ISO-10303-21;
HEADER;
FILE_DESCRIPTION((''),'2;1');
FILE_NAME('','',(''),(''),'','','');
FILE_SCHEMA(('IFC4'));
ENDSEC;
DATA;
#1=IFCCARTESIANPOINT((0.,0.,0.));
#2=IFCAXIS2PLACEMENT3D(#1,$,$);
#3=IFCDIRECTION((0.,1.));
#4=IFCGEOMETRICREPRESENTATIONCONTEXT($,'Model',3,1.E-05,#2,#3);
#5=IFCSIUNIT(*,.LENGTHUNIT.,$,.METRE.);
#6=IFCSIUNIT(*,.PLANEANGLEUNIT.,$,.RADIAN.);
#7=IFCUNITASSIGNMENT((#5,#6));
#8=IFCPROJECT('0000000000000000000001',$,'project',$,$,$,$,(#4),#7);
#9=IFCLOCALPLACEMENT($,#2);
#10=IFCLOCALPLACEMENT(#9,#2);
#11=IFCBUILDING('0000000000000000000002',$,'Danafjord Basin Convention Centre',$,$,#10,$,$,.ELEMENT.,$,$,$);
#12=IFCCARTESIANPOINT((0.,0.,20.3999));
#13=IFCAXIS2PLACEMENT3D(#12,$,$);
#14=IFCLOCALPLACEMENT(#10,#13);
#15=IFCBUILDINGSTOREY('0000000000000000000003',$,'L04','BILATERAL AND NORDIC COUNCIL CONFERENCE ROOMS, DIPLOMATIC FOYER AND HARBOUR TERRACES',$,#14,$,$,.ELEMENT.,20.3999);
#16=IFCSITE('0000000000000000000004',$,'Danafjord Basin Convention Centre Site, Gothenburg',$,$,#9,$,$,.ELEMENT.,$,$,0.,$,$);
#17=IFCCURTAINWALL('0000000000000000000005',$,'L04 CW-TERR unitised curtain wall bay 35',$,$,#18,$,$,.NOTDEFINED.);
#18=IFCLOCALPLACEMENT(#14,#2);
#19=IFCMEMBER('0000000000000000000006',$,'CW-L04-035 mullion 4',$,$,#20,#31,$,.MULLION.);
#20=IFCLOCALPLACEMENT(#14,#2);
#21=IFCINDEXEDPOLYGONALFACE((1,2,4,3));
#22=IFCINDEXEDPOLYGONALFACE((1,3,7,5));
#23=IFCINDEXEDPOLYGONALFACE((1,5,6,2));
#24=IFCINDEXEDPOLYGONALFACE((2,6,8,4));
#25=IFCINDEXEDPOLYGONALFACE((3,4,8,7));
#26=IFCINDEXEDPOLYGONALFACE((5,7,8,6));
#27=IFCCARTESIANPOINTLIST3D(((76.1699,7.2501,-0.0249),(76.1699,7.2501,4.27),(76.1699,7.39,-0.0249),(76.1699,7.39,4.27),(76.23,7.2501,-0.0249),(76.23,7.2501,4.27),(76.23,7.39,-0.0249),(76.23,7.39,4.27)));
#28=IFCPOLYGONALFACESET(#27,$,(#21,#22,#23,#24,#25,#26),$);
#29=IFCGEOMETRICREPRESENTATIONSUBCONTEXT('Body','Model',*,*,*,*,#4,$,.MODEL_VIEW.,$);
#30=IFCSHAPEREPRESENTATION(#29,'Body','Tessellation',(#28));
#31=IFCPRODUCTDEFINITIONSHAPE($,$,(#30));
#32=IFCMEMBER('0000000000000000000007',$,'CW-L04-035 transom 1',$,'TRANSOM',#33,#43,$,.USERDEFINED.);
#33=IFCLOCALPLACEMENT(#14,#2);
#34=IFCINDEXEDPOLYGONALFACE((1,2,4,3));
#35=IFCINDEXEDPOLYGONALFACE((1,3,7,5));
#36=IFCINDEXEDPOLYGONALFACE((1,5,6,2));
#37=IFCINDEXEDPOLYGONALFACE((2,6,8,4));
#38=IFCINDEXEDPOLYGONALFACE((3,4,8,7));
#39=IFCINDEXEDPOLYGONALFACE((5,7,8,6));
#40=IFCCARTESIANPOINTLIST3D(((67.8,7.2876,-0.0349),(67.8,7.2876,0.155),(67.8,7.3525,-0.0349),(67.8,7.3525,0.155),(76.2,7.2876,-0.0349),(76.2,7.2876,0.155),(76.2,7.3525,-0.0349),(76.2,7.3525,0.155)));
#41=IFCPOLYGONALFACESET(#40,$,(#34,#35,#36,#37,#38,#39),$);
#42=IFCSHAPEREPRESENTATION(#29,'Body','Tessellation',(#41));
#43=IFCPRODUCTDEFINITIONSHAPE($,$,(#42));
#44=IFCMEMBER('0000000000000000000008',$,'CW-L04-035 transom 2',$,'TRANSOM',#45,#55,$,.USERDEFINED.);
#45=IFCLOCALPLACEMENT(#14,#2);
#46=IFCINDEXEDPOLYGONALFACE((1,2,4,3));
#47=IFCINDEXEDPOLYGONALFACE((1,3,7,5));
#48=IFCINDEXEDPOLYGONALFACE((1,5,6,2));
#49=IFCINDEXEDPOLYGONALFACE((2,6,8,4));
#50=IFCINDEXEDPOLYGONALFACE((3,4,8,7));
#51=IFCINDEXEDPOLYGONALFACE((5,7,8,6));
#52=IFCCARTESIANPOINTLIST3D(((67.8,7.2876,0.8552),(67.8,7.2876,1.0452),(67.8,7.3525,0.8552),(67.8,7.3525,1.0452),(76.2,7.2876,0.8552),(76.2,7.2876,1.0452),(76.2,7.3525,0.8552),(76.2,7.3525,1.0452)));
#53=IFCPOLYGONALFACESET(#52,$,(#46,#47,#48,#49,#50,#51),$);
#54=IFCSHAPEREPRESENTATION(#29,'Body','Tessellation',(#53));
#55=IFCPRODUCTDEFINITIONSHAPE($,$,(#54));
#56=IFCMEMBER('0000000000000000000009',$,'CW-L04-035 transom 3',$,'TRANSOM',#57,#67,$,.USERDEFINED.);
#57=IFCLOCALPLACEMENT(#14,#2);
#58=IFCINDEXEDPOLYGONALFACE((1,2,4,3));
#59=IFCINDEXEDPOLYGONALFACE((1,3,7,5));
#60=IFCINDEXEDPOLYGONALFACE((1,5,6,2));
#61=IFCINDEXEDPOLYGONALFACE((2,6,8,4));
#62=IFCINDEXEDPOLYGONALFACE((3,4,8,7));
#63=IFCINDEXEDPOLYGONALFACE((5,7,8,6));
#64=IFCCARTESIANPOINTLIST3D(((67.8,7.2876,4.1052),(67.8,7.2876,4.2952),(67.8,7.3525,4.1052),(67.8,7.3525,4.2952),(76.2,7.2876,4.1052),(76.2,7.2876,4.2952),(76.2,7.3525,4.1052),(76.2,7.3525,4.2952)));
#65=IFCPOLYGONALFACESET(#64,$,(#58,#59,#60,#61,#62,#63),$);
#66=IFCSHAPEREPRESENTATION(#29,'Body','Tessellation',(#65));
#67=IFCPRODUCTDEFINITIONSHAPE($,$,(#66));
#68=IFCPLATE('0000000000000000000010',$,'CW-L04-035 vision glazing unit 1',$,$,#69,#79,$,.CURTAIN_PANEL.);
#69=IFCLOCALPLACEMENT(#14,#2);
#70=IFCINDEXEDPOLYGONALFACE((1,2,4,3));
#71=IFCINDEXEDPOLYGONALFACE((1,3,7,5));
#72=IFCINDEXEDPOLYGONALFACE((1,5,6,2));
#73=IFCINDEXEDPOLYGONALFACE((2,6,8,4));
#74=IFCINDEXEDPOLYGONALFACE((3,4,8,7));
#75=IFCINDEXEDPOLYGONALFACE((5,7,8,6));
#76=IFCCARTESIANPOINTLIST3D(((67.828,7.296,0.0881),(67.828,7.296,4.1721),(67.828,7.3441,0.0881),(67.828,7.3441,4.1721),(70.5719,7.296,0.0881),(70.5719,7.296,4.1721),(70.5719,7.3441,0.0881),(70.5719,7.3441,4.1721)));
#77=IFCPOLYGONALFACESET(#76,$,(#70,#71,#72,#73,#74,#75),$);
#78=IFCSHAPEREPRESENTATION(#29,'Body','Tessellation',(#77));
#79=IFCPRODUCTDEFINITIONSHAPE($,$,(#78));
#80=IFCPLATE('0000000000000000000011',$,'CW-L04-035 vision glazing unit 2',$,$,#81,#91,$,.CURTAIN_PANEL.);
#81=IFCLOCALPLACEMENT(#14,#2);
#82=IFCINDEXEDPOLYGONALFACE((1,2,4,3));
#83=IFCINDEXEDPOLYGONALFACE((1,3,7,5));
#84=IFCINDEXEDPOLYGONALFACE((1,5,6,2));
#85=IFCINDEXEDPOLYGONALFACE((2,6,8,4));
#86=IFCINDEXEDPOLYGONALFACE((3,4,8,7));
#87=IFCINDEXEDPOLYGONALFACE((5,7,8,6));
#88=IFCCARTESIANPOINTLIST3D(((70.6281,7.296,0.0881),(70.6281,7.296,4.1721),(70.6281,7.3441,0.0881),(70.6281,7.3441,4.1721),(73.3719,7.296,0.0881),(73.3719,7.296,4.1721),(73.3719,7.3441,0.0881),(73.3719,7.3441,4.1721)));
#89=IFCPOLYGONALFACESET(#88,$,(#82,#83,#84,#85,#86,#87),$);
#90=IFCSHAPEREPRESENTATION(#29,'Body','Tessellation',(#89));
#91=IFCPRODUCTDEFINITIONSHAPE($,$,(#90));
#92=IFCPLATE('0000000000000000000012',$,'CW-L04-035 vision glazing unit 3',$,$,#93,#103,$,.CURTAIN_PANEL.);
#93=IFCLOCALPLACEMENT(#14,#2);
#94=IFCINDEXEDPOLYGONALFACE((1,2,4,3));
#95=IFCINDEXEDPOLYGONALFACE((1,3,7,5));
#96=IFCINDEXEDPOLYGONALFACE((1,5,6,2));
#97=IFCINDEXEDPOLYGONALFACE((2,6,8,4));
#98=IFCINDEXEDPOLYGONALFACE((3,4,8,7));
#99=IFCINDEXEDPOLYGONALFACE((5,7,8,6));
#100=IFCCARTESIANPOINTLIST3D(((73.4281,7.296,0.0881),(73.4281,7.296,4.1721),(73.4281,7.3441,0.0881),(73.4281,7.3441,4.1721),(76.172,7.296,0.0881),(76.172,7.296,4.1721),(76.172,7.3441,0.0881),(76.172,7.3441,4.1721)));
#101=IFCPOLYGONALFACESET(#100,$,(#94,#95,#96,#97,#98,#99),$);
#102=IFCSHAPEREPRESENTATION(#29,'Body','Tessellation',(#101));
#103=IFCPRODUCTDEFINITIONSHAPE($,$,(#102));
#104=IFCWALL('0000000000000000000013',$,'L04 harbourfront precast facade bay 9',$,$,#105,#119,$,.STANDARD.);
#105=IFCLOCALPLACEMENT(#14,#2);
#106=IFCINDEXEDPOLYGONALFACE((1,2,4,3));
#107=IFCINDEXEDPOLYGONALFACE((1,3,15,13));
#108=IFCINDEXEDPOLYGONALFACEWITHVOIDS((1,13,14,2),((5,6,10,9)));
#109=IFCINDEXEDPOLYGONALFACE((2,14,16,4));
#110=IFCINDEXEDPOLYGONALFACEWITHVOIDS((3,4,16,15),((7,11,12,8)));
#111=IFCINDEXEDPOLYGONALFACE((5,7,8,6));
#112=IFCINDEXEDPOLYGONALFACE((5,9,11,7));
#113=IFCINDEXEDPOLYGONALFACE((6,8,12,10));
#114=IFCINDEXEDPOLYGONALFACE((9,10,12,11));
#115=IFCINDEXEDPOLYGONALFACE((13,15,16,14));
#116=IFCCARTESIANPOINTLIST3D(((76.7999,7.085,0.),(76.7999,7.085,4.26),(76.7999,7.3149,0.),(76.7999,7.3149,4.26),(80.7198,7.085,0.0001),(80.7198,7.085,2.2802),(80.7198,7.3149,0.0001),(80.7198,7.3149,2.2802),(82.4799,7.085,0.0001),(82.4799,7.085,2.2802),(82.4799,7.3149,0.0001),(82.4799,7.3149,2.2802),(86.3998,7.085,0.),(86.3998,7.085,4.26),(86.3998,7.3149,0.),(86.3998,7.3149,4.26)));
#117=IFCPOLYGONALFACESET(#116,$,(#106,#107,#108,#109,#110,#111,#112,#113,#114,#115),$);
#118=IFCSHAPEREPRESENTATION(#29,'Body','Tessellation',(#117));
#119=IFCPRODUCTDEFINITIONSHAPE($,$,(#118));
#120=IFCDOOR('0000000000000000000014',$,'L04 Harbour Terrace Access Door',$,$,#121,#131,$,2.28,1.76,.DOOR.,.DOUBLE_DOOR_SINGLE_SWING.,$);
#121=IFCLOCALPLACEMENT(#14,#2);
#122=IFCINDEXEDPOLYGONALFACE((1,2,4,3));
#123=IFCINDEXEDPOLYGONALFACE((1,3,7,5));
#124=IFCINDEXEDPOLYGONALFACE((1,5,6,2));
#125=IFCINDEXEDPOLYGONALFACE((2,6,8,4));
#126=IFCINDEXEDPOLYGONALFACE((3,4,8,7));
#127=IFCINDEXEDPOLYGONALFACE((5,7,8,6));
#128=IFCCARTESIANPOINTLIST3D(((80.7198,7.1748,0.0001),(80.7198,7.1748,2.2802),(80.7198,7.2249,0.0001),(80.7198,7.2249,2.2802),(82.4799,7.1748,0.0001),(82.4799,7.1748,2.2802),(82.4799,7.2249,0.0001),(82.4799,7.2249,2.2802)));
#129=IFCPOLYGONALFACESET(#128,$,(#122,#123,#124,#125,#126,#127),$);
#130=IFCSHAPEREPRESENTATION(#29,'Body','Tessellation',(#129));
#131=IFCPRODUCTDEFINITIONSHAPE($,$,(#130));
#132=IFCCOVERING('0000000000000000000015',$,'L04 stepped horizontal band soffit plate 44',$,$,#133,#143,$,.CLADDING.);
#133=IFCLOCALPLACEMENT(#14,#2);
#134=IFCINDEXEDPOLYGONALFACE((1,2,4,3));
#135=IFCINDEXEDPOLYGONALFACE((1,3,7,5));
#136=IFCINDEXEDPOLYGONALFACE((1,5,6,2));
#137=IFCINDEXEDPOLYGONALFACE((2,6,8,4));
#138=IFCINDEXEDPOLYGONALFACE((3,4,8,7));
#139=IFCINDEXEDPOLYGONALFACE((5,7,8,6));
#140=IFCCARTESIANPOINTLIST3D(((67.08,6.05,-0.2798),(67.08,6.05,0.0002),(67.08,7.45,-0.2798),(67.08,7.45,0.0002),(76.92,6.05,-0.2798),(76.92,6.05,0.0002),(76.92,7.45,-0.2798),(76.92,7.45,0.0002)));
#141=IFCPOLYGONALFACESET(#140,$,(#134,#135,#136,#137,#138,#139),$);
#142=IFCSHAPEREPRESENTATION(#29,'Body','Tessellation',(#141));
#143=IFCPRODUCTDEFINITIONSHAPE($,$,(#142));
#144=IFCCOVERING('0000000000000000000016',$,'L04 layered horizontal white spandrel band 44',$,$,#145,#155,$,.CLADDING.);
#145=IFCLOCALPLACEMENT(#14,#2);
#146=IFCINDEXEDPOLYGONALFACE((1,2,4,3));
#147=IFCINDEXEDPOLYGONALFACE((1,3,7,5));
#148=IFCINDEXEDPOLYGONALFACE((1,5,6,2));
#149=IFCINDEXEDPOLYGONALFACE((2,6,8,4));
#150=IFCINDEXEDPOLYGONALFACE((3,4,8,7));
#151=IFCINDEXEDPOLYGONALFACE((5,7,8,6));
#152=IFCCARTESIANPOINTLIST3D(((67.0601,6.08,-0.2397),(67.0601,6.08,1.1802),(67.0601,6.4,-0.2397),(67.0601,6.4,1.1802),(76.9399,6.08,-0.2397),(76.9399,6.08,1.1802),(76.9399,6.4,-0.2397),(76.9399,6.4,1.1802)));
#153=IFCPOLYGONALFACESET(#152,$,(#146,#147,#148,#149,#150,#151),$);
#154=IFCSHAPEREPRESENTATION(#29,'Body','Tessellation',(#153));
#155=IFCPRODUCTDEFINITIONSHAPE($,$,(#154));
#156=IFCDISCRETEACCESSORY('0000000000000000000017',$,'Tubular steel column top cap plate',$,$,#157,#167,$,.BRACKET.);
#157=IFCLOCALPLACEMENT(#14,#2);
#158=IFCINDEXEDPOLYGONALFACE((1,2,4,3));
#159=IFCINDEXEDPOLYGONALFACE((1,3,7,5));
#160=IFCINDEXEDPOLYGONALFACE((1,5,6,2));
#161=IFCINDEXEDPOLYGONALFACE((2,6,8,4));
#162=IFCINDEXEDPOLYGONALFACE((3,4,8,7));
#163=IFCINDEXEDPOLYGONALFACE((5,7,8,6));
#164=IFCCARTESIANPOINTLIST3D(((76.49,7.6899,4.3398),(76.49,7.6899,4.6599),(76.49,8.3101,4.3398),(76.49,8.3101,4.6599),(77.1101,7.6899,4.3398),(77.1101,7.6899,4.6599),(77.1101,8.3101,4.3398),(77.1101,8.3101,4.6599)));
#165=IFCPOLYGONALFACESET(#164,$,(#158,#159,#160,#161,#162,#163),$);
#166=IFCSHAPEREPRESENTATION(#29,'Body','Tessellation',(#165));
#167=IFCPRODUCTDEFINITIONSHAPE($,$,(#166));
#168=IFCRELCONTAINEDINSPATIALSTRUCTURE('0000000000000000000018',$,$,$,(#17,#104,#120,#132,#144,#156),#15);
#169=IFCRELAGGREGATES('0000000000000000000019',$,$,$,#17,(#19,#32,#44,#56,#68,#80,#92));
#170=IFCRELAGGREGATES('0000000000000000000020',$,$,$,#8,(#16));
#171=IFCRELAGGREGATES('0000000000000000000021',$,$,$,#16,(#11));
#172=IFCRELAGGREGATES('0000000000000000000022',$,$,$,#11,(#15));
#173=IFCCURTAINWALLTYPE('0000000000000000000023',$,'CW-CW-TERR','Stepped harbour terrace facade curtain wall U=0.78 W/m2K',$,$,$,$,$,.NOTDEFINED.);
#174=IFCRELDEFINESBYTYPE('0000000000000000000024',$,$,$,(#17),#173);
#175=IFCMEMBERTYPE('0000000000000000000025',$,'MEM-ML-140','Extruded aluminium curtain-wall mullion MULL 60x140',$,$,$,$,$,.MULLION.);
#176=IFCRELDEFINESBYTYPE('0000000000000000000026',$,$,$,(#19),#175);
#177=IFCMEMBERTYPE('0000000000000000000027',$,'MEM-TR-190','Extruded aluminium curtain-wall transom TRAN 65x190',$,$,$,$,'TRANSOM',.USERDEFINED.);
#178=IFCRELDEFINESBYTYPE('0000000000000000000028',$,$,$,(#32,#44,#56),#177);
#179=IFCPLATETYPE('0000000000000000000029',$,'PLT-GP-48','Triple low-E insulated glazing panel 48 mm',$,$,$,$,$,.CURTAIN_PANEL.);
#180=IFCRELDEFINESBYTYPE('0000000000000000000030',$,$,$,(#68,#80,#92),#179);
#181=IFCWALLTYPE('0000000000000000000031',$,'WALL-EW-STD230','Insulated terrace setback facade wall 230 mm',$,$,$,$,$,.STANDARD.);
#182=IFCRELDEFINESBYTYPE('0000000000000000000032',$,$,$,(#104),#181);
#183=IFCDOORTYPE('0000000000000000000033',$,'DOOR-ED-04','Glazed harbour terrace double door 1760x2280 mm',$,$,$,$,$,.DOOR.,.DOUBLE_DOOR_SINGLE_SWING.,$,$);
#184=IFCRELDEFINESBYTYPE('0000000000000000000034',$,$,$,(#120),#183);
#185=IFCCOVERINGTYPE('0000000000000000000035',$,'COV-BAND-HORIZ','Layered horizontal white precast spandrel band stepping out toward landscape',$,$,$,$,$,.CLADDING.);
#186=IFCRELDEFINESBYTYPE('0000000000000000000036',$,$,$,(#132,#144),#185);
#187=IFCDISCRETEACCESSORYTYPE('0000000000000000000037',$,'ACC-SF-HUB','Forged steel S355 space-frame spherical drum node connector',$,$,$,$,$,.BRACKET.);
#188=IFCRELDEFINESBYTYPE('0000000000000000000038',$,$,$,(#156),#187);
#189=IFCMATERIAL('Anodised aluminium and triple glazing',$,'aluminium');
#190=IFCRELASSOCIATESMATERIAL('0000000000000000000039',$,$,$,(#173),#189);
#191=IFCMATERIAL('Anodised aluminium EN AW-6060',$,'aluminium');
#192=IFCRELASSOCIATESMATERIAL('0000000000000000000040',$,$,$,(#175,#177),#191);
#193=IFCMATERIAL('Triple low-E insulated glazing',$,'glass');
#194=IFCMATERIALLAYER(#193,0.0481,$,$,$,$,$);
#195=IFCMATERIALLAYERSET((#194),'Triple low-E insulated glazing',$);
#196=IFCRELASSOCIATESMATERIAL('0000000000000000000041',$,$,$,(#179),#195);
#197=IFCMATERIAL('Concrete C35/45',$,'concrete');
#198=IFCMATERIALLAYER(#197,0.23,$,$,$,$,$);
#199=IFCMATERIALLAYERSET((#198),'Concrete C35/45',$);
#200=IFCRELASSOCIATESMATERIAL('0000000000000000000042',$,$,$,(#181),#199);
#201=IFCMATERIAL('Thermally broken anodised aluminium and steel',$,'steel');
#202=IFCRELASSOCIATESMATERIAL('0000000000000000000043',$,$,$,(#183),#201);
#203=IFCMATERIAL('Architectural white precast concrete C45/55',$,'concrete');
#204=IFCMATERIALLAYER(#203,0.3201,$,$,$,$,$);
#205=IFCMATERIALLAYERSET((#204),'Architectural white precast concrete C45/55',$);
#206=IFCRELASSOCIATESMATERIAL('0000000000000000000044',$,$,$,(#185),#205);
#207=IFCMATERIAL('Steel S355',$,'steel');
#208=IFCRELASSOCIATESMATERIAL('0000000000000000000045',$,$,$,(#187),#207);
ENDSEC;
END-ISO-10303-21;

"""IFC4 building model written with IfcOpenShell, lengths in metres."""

from ifc_helpers import new_model, si_unit, direction, frame, frame_2d, origin, origin_2d, place, context, subcontext, project, spatial, rectangle, extrude, material, layer, layer_set, material_profile, profile_set, type_object, element, fill, aggregate, save


model = new_model("IFC4")

# Units and contexts
model_context = context("Model", 3, precision=1e-05, world=origin(), true_north=direction((0.0, 1.0)))
body_context = subcontext(model_context, "Body", "Model", "MODEL_VIEW")
ifc_project = project(units=[si_unit("LENGTHUNIT", "METRE"), si_unit("PLANEANGLEUNIT", "RADIAN")], contexts=[model_context])

# Site, building, storey
site_placement = place(None, origin())
site = spatial("IfcSite", under=ifc_project, at=site_placement, Name="Danafjord Basin Convention Centre Site, Gothenburg", CompositionType="ELEMENT", RefElevation=0.0)
building_placement = place(site_placement, origin())
building = spatial("IfcBuilding", under=site, at=building_placement, Name="Danafjord Basin Convention Centre", CompositionType="ELEMENT")
storey_placement = place(building_placement, frame((0.0, 0.0, 20.3999)))
storey = spatial("IfcBuildingStorey", under=building, at=storey_placement, Name="L04", Description="BILATERAL AND NORDIC COUNCIL CONFERENCE ROOMS, DIPLOMATIC FOYER AND HARBOUR TERRACES", CompositionType="ELEMENT", Elevation=20.3999)

# Shared definitions
ifc_material_1 = material(Name="Steel S355", Category="steel")

# Curtain wall, members, plates
ifc_material_2 = material(Name="Anodised aluminium and triple glazing", Category="aluminium")
curtain_wall_type = type_object("IfcCurtainWallType", Name="CW-CW-TERR", Description="Stepped harbour terrace facade curtain wall U=0.78 W/m2K", PredefinedType="NOTDEFINED", material=ifc_material_2)
curtain_wall_placement = place(storey_placement, origin())
curtain_wall = element("IfcCurtainWall", 1, at=curtain_wall_placement, inside=storey, type_object=curtain_wall_type, Name="L04 CW-TERR unitised curtain wall bay 35", PredefinedType="NOTDEFINED")
ifc_material_3 = material(Name="Anodised aluminium EN AW-6060", Category="aluminium")
ifc_material_profile_1 = material_profile(ifc_material_3, rectangle(XDim=0.0601, YDim=0.1399, at=origin_2d()), Name="MULL 60x140")
ifc_profile_set_1 = profile_set([ifc_material_profile_1], Name="Anodised aluminium EN AW-6060")
member_type_1 = type_object("IfcMemberType", Name="MEM-ML-140", Description="Extruded aluminium curtain-wall mullion MULL 60x140", PredefinedType="MULLION", material=ifc_profile_set_1)
member_1_placement = place(storey_placement, frame((76.2, 7.3201, -0.0249), z_axis=(0.0, 0.0, 1.0), x_axis=(1.0, 0.0, 0.0)))
member_1 = element("IfcMember", 2, at=member_1_placement, type_object=member_type_1, Name="CW-L04-035 mullion 4", PredefinedType="MULLION", context=body_context, shape_type="SweptSolid", body=[
    extrude(rectangle(XDim=0.0601, YDim=0.1399, at=origin_2d()), origin(), (0.0, 0.0, 1.0), 4.2949),
])
ifc_material_profile_2 = material_profile(ifc_material_3, rectangle(XDim=0.0649, YDim=0.1899, at=origin_2d()), Name="TRAN 65x190")
ifc_profile_set_2 = profile_set([ifc_material_profile_2], Name="Anodised aluminium EN AW-6060")
member_type_2 = type_object("IfcMemberType", Name="MEM-TR-190", Description="Extruded aluminium curtain-wall transom TRAN 65x190", ElementType="TRANSOM", PredefinedType="USERDEFINED", material=ifc_profile_set_2)
member_2_placement = place(storey_placement, frame((67.8, 7.3201, 0.0601), z_axis=(1.0, 0.0, 0.0), x_axis=(0.0, 1.0, 0.0)))
member_2 = element("IfcMember", 3, at=member_2_placement, type_object=member_type_2, Name="CW-L04-035 transom 1", ObjectType="TRANSOM", PredefinedType="USERDEFINED", context=body_context, shape_type="SweptSolid", body=[
    extrude(rectangle(XDim=0.0649, YDim=0.1899, at=origin_2d()), origin(), (0.0, 0.0, 1.0), 8.3999),
])
member_3_placement = place(storey_placement, frame((67.8, 7.3201, 0.9502), z_axis=(1.0, 0.0, 0.0), x_axis=(0.0, 1.0, 0.0)))
member_3 = element("IfcMember", 4, at=member_3_placement, type_object=member_type_2, Name="CW-L04-035 transom 2", ObjectType="TRANSOM", PredefinedType="USERDEFINED", context=body_context, shape_type="SweptSolid", body=[
    extrude(rectangle(XDim=0.0649, YDim=0.1899, at=origin_2d()), origin(), (0.0, 0.0, 1.0), 8.3999),
])
member_4_placement = place(storey_placement, frame((67.8, 7.3201, 4.2002), z_axis=(1.0, 0.0, 0.0), x_axis=(0.0, 1.0, 0.0)))
member_4 = element("IfcMember", 5, at=member_4_placement, type_object=member_type_2, Name="CW-L04-035 transom 3", ObjectType="TRANSOM", PredefinedType="USERDEFINED", context=body_context, shape_type="SweptSolid", body=[
    extrude(rectangle(XDim=0.0649, YDim=0.1899, at=origin_2d()), origin(), (0.0, 0.0, 1.0), 8.3999),
])
ifc_material_4 = material(Name="Triple low-E insulated glazing", Category="glass")
ifc_layer_1 = layer(ifc_material_4, 0.0481)
ifc_layer_set_1 = layer_set([ifc_layer_1], Name="Triple low-E insulated glazing")
plate_type = type_object("IfcPlateType", Name="PLT-GP-48", Description="Triple low-E insulated glazing panel 48 mm", PredefinedType="CURTAIN_PANEL", material=ifc_layer_set_1)
plate_1_placement = place(storey_placement, frame((69.2, 7.3201, 0.0881), z_axis=(0.0, 0.0, 1.0), x_axis=(1.0, 0.0, 0.0)))
plate_1 = element("IfcPlate", 6, at=plate_1_placement, type_object=plate_type, Name="CW-L04-035 vision glazing unit 1", PredefinedType="CURTAIN_PANEL", context=body_context, shape_type="SweptSolid", body=[
    extrude(rectangle(XDim=2.7439, YDim=0.0481, at=origin_2d()), origin(), (0.0, 0.0, 1.0), 4.084),
])
plate_2_placement = place(storey_placement, frame((72.0, 7.3201, 0.0881), z_axis=(0.0, 0.0, 1.0), x_axis=(1.0, 0.0, 0.0)))
plate_2 = element("IfcPlate", 7, at=plate_2_placement, type_object=plate_type, Name="CW-L04-035 vision glazing unit 2", PredefinedType="CURTAIN_PANEL", context=body_context, shape_type="SweptSolid", body=[
    extrude(rectangle(XDim=2.7439, YDim=0.0481, at=origin_2d()), origin(), (0.0, 0.0, 1.0), 4.084),
])
plate_3_placement = place(storey_placement, frame((74.8, 7.3201, 0.0881), z_axis=(0.0, 0.0, 1.0), x_axis=(1.0, 0.0, 0.0)))
plate_3 = element("IfcPlate", 8, at=plate_3_placement, type_object=plate_type, Name="CW-L04-035 vision glazing unit 3", PredefinedType="CURTAIN_PANEL", context=body_context, shape_type="SweptSolid", body=[
    extrude(rectangle(XDim=2.7439, YDim=0.0481, at=origin_2d()), origin(), (0.0, 0.0, 1.0), 4.084),
])
aggregate(curtain_wall, [member_1, member_2, member_3, member_4, plate_1, plate_2, plate_3])

# Wall, opening, door
ifc_material_5 = material(Name="Concrete C35/45", Category="concrete")
ifc_layer_2 = layer(ifc_material_5, 0.23)
ifc_layer_set_2 = layer_set([ifc_layer_2], Name="Concrete C35/45")
wall_type = type_object("IfcWallType", Name="WALL-EW-STD230", Description="Insulated terrace setback facade wall 230 mm", PredefinedType="STANDARD", material=ifc_layer_set_2)
wall_placement = place(storey_placement, frame((76.8, 7.2, 0.0), z_axis=(0.0, 0.0, 1.0), x_axis=(1.0, 0.0, 0.0)))
wall = element("IfcWall", 9, at=wall_placement, inside=storey, type_object=wall_type, Name="L04 harbourfront precast facade bay 9", PredefinedType="STANDARD", context=body_context, shape_type="SweptSolid", body=[
    extrude(rectangle(XDim=9.5999, YDim=0.23, at=frame_2d((4.7998, 0.0))), origin(), (0.0, 0.0, 1.0), 4.26),
])
opening_placement = place(wall_placement, frame((3.9199, 0.0, 0.0)))
opening = element("IfcOpeningElement", 10, at=opening_placement, cuts=wall, PredefinedType="OPENING", context=body_context, shape_type="SweptSolid", body=[
    extrude(rectangle(XDim=1.76, YDim=2.28, at=frame_2d((0.8799, 1.1401))), frame((0.0, 0.125, 0.0), z_axis=(0.0, -1.0, 0.0), x_axis=(1.0, 0.0, 0.0)), (0.0, 0.0, 1.0), 0.25),
])
ifc_material_6 = material(Name="Thermally broken anodised aluminium and steel", Category="steel")
door_type = type_object("IfcDoorType", Name="DOOR-ED-04", Description="Glazed harbour terrace double door 1760x2280 mm", OperationType="DOUBLE_DOOR_SINGLE_SWING", PredefinedType="DOOR", material=ifc_material_6)
door_placement = place(opening_placement, origin())
door = element("IfcDoor", 11, at=door_placement, inside=storey, type_object=door_type, Name="L04 Harbour Terrace Access Door", OperationType="DOUBLE_DOOR_SINGLE_SWING", OverallHeight=2.28, OverallWidth=1.76, PredefinedType="DOOR", context=body_context, shape_type="SweptSolid", body=[
    extrude(rectangle(XDim=1.76, YDim=2.28, at=frame_2d((0.8799, 1.1401))), frame((0.0, 0.0249, 0.0), z_axis=(0.0, -1.0, 0.0), x_axis=(1.0, 0.0, 0.0)), (0.0, 0.0, 1.0), 0.05),
])
fill(opening, door)

# Coverings
ifc_material_7 = material(Name="Architectural white precast concrete C45/55", Category="concrete")
ifc_layer_3 = layer(ifc_material_7, 0.3201)
ifc_layer_set_3 = layer_set([ifc_layer_3], Name="Architectural white precast concrete C45/55")
covering_type = type_object("IfcCoveringType", Name="COV-BAND-HORIZ", Description="Layered horizontal white precast spandrel band stepping out toward landscape", PredefinedType="CLADDING", material=ifc_layer_set_3)
covering_1_placement = place(storey_placement, frame((72.0, 6.75, -0.2798), z_axis=(0.0, 0.0, 1.0), x_axis=(1.0, 0.0, 0.0)))
element("IfcCovering", 12, at=covering_1_placement, inside=storey, type_object=covering_type, Name="L04 stepped horizontal band soffit plate 44", PredefinedType="CLADDING", context=body_context, shape_type="SweptSolid", body=[
    extrude(rectangle(XDim=9.8401, YDim=1.3999, at=origin_2d()), origin(), (0.0, 0.0, 1.0), 0.28),
])
covering_2_placement = place(storey_placement, frame((72.0, 6.24, -0.2397), z_axis=(0.0, 0.0, 1.0), x_axis=(1.0, 0.0, 0.0)))
element("IfcCovering", 13, at=covering_2_placement, inside=storey, type_object=covering_type, Name="L04 layered horizontal white spandrel band 44", PredefinedType="CLADDING", context=body_context, shape_type="SweptSolid", body=[
    extrude(rectangle(XDim=9.8799, YDim=0.3201, at=origin_2d()), origin(), (0.0, 0.0, 1.0), 1.4199),
])

# Discrete accessory
discrete_accessory_type = type_object("IfcDiscreteAccessoryType", Name="ACC-SF-HUB", Description="Forged steel S355 space-frame spherical drum node connector", PredefinedType="BRACKET", material=ifc_material_1)
discrete_accessory_placement = place(storey_placement, frame((76.8, 8.0, 4.3398), z_axis=(0.0, 0.0, 1.0), x_axis=(1.0, 0.0, 0.0)))
element("IfcDiscreteAccessory", 14, at=discrete_accessory_placement, inside=storey, type_object=discrete_accessory_type, Name="Tubular steel column top cap plate", PredefinedType="BRACKET", context=body_context, shape_type="SweptSolid", body=[
    extrude(rectangle(XDim=0.6201, YDim=0.6201, at=origin_2d()), origin(), (0.0, 0.0, 1.0), 0.3201),
])

save(model, "model.ifc")
